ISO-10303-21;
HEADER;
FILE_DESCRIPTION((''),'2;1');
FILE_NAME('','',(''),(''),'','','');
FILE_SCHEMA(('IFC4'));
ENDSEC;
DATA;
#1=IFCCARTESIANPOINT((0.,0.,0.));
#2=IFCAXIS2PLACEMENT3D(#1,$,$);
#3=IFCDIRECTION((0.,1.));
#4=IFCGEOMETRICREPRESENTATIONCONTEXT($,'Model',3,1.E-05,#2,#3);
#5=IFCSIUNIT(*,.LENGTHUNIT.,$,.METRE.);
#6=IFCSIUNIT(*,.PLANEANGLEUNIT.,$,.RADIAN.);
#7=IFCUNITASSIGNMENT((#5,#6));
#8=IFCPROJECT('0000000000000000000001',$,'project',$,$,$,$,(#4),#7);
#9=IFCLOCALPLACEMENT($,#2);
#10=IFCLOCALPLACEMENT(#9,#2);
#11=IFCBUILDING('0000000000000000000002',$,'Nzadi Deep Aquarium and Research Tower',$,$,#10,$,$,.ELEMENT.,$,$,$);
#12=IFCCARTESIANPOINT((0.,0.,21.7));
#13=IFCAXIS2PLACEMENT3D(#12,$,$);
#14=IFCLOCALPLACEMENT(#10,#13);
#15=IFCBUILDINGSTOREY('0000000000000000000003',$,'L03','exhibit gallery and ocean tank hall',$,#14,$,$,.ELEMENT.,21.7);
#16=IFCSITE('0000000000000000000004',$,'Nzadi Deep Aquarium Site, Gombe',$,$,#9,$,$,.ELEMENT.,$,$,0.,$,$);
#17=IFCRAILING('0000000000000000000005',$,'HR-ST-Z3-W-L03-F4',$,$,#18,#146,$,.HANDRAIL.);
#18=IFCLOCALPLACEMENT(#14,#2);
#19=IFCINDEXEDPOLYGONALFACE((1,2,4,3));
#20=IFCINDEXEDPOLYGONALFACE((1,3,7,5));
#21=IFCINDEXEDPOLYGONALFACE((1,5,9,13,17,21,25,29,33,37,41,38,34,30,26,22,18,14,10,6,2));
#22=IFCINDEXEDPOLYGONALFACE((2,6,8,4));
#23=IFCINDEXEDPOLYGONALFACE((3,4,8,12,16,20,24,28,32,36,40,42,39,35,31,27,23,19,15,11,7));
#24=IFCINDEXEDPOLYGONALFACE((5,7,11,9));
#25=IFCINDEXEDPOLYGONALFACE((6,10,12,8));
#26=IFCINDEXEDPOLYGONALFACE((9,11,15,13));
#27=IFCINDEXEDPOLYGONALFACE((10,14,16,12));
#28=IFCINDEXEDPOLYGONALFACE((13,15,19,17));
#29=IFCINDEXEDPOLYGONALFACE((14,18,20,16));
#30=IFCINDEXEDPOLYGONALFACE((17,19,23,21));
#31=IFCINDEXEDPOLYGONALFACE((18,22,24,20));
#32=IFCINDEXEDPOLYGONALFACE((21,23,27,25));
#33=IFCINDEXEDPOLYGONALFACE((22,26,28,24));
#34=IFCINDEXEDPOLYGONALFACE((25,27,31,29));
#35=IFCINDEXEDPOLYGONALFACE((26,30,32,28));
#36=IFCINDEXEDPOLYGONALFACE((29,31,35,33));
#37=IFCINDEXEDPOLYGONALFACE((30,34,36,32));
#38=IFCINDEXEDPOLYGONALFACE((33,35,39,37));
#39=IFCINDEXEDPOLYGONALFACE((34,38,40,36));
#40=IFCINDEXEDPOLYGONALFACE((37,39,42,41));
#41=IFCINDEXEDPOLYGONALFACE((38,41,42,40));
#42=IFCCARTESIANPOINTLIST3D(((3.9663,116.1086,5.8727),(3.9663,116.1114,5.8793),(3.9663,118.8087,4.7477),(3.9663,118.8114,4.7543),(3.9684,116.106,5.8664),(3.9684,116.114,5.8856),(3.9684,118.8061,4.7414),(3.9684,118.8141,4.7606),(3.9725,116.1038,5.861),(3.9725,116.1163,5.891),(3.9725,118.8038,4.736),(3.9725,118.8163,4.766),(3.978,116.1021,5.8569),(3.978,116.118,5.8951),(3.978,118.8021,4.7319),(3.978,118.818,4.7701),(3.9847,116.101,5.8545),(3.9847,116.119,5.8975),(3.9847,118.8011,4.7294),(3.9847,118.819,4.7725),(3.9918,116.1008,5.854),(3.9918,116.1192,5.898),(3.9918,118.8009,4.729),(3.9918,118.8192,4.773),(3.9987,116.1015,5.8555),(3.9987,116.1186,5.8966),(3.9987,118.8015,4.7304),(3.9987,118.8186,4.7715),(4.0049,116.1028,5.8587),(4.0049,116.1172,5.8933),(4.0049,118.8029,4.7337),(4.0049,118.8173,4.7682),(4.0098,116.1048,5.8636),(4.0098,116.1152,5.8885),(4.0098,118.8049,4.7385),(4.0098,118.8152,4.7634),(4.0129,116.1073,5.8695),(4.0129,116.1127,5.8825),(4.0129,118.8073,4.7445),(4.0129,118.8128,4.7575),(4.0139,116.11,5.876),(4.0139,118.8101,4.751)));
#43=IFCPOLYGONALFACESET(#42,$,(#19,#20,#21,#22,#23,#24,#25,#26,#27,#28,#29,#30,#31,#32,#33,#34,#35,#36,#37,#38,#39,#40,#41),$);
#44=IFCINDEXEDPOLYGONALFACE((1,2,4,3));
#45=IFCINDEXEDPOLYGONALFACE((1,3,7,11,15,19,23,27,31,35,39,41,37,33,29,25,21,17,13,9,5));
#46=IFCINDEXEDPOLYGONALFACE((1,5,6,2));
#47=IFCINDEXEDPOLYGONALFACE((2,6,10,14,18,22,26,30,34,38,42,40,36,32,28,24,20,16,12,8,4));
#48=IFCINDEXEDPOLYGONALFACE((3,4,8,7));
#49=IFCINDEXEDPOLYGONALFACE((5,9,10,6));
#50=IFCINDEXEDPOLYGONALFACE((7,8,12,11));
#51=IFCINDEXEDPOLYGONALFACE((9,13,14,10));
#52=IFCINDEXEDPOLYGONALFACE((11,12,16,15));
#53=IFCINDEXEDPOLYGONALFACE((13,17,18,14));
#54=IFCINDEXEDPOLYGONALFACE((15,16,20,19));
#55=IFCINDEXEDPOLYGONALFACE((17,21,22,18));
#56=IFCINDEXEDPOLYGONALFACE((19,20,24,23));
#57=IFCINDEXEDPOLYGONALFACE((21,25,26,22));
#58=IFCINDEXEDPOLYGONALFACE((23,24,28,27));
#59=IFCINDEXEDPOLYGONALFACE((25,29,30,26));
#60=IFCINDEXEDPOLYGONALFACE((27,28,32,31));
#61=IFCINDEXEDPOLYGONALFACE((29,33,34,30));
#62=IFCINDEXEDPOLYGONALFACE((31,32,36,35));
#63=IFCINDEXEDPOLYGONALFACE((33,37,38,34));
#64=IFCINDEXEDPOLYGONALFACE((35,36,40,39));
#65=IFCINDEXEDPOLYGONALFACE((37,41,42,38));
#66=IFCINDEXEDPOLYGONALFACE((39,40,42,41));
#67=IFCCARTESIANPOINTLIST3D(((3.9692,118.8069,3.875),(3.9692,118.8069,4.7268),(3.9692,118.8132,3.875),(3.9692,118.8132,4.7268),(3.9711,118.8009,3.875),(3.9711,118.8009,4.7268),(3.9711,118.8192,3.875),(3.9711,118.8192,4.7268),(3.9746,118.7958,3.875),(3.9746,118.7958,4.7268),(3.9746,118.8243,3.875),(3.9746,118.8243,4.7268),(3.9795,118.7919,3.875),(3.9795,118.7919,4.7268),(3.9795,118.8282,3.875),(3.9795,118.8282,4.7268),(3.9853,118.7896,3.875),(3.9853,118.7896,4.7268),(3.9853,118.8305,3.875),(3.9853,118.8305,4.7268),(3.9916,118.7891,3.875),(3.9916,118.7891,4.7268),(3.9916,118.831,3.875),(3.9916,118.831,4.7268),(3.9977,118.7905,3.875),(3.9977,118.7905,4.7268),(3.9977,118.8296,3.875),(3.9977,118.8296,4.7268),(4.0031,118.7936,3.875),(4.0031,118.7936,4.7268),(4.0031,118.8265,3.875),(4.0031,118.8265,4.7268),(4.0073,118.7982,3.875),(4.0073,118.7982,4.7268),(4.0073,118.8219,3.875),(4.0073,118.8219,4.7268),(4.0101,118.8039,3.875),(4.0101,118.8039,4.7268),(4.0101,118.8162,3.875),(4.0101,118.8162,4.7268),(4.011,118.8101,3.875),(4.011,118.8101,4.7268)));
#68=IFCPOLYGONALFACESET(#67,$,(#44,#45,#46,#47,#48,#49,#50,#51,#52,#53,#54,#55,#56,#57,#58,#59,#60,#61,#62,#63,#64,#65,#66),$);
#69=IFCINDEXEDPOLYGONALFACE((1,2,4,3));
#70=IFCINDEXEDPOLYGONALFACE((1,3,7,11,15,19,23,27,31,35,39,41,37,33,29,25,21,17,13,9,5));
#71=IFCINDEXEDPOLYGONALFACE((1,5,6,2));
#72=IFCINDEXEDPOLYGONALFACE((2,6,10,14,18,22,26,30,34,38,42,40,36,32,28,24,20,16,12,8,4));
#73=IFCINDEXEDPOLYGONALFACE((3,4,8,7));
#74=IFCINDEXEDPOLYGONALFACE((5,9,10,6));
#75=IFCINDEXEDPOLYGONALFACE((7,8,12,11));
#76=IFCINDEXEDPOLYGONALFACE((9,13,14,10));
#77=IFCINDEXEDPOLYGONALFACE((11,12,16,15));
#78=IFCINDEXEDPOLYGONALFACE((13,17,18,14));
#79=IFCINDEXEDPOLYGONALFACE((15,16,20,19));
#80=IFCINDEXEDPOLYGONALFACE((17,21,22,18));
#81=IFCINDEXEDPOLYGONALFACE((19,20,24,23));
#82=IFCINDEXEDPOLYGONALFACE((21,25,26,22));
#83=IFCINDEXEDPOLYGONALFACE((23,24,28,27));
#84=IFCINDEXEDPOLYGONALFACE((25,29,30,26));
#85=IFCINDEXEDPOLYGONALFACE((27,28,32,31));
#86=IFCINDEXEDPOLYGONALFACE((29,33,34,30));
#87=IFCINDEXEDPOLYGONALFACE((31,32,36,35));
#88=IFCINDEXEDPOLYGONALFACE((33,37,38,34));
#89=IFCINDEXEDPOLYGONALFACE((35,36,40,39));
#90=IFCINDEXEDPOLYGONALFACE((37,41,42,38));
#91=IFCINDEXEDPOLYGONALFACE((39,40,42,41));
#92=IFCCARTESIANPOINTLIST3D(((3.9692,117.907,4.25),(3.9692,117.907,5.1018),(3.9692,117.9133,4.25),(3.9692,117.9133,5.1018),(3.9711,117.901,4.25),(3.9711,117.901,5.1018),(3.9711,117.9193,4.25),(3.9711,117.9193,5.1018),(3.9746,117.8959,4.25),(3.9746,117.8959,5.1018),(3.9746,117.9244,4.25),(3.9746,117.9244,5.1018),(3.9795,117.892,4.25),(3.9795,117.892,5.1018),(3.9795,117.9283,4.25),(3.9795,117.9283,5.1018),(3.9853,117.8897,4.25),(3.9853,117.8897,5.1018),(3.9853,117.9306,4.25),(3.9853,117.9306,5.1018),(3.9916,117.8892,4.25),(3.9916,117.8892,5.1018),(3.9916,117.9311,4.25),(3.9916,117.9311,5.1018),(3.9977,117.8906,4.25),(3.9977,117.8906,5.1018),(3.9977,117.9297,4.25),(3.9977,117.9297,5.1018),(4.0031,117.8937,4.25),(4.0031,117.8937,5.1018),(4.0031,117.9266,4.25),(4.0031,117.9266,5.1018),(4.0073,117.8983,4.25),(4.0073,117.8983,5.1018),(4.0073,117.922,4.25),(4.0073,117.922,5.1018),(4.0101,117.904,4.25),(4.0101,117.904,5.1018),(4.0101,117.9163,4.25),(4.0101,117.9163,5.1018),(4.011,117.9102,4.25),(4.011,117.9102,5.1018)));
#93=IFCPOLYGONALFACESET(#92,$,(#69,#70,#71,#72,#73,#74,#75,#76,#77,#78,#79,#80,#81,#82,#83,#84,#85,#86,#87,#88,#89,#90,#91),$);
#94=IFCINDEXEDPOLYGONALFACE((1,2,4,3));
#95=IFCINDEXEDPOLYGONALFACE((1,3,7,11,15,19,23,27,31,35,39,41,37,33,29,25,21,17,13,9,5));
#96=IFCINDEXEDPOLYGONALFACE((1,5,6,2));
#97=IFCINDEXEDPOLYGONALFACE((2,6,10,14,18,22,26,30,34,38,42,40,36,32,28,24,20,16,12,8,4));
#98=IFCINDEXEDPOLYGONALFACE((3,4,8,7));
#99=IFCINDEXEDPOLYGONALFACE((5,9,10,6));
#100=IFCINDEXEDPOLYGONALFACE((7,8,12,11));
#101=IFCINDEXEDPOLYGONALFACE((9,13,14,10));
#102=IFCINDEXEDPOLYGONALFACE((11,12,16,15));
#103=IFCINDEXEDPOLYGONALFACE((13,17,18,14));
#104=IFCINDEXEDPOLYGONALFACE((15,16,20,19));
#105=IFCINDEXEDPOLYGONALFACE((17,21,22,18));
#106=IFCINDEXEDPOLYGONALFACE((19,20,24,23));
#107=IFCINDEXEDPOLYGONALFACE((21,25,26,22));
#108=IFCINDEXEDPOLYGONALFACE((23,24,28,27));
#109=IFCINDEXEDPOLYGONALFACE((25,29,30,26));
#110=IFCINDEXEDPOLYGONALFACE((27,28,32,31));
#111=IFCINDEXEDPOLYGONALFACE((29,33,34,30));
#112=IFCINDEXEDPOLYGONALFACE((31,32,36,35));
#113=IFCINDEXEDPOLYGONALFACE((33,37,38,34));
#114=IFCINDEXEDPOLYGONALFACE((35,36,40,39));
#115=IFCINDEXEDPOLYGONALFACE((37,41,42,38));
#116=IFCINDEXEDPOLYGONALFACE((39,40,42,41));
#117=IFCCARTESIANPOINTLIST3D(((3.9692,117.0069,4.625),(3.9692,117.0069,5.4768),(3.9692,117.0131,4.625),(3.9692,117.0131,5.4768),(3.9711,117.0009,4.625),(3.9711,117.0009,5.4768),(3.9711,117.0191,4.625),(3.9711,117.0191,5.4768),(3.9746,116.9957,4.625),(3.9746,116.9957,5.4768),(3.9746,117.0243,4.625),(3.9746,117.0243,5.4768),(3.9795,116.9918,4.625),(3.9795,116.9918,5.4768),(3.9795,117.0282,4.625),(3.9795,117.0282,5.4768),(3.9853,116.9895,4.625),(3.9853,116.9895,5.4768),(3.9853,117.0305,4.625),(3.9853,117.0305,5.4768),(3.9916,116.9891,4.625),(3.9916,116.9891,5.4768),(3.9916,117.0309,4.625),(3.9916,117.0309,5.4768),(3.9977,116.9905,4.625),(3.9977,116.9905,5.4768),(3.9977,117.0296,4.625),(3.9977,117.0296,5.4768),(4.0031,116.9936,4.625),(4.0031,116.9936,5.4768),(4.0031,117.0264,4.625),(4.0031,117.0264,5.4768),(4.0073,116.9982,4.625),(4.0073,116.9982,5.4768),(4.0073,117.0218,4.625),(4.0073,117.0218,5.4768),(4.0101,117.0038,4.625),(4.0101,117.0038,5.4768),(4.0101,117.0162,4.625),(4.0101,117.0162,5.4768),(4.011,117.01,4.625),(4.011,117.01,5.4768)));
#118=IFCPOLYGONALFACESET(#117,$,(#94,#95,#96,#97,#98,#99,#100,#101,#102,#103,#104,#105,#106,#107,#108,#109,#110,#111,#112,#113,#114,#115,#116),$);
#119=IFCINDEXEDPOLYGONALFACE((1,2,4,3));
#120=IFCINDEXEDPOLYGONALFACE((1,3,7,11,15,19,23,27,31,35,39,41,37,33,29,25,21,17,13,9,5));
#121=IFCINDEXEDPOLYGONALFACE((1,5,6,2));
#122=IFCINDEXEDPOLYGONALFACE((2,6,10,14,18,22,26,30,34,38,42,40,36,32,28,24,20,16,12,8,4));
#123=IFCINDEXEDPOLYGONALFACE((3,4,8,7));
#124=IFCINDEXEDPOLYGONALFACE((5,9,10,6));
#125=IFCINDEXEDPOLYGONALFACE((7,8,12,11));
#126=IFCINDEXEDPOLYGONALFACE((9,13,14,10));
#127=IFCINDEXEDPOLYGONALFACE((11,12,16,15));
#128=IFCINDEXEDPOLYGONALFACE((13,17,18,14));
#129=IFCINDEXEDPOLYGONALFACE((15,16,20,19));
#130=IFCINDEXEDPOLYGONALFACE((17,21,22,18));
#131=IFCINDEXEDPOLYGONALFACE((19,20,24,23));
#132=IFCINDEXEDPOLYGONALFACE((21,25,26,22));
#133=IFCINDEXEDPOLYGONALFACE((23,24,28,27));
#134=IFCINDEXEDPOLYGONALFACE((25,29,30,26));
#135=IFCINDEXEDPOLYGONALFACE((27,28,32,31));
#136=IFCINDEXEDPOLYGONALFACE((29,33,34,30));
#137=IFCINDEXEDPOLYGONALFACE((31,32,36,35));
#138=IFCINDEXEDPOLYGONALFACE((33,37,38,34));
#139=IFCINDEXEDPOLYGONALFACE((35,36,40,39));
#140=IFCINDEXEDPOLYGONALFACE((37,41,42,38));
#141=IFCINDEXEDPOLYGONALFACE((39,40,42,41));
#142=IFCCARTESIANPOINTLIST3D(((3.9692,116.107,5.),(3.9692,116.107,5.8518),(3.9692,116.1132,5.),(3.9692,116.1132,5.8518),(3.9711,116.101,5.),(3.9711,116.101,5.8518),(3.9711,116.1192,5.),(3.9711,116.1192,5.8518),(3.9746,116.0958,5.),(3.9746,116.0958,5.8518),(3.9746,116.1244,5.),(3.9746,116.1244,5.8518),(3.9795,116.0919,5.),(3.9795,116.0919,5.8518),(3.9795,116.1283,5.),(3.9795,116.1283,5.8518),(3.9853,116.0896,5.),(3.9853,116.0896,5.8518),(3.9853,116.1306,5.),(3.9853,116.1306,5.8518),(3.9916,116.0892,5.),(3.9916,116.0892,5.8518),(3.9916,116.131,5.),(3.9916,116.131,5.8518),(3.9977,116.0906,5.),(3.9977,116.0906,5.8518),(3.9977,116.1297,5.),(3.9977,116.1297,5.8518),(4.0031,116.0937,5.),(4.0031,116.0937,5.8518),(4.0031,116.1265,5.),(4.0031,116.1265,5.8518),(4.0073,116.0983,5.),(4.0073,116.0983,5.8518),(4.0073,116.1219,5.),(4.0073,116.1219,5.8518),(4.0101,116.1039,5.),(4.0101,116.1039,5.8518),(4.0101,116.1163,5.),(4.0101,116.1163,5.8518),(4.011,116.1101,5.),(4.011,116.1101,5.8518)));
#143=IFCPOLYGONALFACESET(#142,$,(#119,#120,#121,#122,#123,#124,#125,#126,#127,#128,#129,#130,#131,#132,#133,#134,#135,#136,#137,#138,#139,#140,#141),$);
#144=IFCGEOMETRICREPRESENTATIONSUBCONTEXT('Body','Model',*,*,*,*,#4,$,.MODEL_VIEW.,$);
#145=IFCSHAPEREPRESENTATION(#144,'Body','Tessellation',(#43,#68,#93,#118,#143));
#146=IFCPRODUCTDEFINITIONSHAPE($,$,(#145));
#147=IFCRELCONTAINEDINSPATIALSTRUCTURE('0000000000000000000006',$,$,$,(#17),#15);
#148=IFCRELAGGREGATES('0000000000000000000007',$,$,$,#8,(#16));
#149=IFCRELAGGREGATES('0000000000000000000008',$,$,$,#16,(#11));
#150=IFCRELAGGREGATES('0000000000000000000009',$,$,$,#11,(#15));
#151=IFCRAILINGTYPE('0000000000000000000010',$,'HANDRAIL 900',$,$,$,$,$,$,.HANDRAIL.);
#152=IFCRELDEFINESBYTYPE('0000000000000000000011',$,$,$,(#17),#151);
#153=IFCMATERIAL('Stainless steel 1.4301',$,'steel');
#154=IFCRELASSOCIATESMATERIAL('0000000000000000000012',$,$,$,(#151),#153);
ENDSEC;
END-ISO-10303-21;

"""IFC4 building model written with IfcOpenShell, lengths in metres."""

from ifc_helpers import new_model, si_unit, direction, frame, origin, origin_2d, place, context, subcontext, project, spatial, circle, extrude, material, type_object, element, save


model = new_model("IFC4")

# Units and contexts
model_context = context("Model", 3, precision=1e-05, world=origin(), true_north=direction((0.0, 1.0)))
body_context = subcontext(model_context, "Body", "Model", "MODEL_VIEW")
ifc_project = project(units=[si_unit("LENGTHUNIT", "METRE"), si_unit("PLANEANGLEUNIT", "RADIAN")], contexts=[model_context])

# Site, building, storey
site_placement = place(None, origin())
site = spatial("IfcSite", under=ifc_project, at=site_placement, Name="Nzadi Deep Aquarium Site, Gombe", CompositionType="ELEMENT", RefElevation=0.0)
building_placement = place(site_placement, origin())
building = spatial("IfcBuilding", under=site, at=building_placement, Name="Nzadi Deep Aquarium and Research Tower", CompositionType="ELEMENT")
storey_placement = place(building_placement, frame((0.0, 0.0, 21.7)))
storey = spatial("IfcBuildingStorey", under=building, at=storey_placement, Name="L03", Description="exhibit gallery and ocean tank hall", CompositionType="ELEMENT", Elevation=21.7)

# Railing
ifc_material_1 = material(Name="Stainless steel 1.4301", Category="steel")
railing_type = type_object("IfcRailingType", Name="HANDRAIL 900", PredefinedType="HANDRAIL", material=ifc_material_1)
for number, where, name in (
    (1, (3.99, 118.8101, 3.875), "HR-ST-Z3-W-L03-F4"),
):
    element("IfcRailing", number, at=place(storey_placement, frame(where)), inside=storey, type_object=railing_type, Name=name, PredefinedType="HANDRAIL", context=body_context, shape_type="SweptSolid", body=[
        extrude(circle(Radius=0.0239, at=origin_2d()), frame((0.0, 0.0, 0.876), z_axis=(0.0, -0.923074, 0.384621), x_axis=(1.0, 0.0, 0.0)), (0.0, 0.0, 1.0), 2.925),
        extrude(circle(Radius=0.021, at=origin_2d()), origin(), (0.0, 0.0, 1.0), 0.8518),
        extrude(circle(Radius=0.021, at=origin_2d()), frame((0.0, -0.8999, 0.375)), (0.0, 0.0, 1.0), 0.8518),
        extrude(circle(Radius=0.021, at=origin_2d()), frame((0.0, -1.8, 0.75)), (0.0, 0.0, 1.0), 0.8518),
        extrude(circle(Radius=0.021, at=origin_2d()), frame((0.0, -2.7, 1.125)), (0.0, 0.0, 1.0), 0.8518),
    ])

save(model, "model.ifc")
